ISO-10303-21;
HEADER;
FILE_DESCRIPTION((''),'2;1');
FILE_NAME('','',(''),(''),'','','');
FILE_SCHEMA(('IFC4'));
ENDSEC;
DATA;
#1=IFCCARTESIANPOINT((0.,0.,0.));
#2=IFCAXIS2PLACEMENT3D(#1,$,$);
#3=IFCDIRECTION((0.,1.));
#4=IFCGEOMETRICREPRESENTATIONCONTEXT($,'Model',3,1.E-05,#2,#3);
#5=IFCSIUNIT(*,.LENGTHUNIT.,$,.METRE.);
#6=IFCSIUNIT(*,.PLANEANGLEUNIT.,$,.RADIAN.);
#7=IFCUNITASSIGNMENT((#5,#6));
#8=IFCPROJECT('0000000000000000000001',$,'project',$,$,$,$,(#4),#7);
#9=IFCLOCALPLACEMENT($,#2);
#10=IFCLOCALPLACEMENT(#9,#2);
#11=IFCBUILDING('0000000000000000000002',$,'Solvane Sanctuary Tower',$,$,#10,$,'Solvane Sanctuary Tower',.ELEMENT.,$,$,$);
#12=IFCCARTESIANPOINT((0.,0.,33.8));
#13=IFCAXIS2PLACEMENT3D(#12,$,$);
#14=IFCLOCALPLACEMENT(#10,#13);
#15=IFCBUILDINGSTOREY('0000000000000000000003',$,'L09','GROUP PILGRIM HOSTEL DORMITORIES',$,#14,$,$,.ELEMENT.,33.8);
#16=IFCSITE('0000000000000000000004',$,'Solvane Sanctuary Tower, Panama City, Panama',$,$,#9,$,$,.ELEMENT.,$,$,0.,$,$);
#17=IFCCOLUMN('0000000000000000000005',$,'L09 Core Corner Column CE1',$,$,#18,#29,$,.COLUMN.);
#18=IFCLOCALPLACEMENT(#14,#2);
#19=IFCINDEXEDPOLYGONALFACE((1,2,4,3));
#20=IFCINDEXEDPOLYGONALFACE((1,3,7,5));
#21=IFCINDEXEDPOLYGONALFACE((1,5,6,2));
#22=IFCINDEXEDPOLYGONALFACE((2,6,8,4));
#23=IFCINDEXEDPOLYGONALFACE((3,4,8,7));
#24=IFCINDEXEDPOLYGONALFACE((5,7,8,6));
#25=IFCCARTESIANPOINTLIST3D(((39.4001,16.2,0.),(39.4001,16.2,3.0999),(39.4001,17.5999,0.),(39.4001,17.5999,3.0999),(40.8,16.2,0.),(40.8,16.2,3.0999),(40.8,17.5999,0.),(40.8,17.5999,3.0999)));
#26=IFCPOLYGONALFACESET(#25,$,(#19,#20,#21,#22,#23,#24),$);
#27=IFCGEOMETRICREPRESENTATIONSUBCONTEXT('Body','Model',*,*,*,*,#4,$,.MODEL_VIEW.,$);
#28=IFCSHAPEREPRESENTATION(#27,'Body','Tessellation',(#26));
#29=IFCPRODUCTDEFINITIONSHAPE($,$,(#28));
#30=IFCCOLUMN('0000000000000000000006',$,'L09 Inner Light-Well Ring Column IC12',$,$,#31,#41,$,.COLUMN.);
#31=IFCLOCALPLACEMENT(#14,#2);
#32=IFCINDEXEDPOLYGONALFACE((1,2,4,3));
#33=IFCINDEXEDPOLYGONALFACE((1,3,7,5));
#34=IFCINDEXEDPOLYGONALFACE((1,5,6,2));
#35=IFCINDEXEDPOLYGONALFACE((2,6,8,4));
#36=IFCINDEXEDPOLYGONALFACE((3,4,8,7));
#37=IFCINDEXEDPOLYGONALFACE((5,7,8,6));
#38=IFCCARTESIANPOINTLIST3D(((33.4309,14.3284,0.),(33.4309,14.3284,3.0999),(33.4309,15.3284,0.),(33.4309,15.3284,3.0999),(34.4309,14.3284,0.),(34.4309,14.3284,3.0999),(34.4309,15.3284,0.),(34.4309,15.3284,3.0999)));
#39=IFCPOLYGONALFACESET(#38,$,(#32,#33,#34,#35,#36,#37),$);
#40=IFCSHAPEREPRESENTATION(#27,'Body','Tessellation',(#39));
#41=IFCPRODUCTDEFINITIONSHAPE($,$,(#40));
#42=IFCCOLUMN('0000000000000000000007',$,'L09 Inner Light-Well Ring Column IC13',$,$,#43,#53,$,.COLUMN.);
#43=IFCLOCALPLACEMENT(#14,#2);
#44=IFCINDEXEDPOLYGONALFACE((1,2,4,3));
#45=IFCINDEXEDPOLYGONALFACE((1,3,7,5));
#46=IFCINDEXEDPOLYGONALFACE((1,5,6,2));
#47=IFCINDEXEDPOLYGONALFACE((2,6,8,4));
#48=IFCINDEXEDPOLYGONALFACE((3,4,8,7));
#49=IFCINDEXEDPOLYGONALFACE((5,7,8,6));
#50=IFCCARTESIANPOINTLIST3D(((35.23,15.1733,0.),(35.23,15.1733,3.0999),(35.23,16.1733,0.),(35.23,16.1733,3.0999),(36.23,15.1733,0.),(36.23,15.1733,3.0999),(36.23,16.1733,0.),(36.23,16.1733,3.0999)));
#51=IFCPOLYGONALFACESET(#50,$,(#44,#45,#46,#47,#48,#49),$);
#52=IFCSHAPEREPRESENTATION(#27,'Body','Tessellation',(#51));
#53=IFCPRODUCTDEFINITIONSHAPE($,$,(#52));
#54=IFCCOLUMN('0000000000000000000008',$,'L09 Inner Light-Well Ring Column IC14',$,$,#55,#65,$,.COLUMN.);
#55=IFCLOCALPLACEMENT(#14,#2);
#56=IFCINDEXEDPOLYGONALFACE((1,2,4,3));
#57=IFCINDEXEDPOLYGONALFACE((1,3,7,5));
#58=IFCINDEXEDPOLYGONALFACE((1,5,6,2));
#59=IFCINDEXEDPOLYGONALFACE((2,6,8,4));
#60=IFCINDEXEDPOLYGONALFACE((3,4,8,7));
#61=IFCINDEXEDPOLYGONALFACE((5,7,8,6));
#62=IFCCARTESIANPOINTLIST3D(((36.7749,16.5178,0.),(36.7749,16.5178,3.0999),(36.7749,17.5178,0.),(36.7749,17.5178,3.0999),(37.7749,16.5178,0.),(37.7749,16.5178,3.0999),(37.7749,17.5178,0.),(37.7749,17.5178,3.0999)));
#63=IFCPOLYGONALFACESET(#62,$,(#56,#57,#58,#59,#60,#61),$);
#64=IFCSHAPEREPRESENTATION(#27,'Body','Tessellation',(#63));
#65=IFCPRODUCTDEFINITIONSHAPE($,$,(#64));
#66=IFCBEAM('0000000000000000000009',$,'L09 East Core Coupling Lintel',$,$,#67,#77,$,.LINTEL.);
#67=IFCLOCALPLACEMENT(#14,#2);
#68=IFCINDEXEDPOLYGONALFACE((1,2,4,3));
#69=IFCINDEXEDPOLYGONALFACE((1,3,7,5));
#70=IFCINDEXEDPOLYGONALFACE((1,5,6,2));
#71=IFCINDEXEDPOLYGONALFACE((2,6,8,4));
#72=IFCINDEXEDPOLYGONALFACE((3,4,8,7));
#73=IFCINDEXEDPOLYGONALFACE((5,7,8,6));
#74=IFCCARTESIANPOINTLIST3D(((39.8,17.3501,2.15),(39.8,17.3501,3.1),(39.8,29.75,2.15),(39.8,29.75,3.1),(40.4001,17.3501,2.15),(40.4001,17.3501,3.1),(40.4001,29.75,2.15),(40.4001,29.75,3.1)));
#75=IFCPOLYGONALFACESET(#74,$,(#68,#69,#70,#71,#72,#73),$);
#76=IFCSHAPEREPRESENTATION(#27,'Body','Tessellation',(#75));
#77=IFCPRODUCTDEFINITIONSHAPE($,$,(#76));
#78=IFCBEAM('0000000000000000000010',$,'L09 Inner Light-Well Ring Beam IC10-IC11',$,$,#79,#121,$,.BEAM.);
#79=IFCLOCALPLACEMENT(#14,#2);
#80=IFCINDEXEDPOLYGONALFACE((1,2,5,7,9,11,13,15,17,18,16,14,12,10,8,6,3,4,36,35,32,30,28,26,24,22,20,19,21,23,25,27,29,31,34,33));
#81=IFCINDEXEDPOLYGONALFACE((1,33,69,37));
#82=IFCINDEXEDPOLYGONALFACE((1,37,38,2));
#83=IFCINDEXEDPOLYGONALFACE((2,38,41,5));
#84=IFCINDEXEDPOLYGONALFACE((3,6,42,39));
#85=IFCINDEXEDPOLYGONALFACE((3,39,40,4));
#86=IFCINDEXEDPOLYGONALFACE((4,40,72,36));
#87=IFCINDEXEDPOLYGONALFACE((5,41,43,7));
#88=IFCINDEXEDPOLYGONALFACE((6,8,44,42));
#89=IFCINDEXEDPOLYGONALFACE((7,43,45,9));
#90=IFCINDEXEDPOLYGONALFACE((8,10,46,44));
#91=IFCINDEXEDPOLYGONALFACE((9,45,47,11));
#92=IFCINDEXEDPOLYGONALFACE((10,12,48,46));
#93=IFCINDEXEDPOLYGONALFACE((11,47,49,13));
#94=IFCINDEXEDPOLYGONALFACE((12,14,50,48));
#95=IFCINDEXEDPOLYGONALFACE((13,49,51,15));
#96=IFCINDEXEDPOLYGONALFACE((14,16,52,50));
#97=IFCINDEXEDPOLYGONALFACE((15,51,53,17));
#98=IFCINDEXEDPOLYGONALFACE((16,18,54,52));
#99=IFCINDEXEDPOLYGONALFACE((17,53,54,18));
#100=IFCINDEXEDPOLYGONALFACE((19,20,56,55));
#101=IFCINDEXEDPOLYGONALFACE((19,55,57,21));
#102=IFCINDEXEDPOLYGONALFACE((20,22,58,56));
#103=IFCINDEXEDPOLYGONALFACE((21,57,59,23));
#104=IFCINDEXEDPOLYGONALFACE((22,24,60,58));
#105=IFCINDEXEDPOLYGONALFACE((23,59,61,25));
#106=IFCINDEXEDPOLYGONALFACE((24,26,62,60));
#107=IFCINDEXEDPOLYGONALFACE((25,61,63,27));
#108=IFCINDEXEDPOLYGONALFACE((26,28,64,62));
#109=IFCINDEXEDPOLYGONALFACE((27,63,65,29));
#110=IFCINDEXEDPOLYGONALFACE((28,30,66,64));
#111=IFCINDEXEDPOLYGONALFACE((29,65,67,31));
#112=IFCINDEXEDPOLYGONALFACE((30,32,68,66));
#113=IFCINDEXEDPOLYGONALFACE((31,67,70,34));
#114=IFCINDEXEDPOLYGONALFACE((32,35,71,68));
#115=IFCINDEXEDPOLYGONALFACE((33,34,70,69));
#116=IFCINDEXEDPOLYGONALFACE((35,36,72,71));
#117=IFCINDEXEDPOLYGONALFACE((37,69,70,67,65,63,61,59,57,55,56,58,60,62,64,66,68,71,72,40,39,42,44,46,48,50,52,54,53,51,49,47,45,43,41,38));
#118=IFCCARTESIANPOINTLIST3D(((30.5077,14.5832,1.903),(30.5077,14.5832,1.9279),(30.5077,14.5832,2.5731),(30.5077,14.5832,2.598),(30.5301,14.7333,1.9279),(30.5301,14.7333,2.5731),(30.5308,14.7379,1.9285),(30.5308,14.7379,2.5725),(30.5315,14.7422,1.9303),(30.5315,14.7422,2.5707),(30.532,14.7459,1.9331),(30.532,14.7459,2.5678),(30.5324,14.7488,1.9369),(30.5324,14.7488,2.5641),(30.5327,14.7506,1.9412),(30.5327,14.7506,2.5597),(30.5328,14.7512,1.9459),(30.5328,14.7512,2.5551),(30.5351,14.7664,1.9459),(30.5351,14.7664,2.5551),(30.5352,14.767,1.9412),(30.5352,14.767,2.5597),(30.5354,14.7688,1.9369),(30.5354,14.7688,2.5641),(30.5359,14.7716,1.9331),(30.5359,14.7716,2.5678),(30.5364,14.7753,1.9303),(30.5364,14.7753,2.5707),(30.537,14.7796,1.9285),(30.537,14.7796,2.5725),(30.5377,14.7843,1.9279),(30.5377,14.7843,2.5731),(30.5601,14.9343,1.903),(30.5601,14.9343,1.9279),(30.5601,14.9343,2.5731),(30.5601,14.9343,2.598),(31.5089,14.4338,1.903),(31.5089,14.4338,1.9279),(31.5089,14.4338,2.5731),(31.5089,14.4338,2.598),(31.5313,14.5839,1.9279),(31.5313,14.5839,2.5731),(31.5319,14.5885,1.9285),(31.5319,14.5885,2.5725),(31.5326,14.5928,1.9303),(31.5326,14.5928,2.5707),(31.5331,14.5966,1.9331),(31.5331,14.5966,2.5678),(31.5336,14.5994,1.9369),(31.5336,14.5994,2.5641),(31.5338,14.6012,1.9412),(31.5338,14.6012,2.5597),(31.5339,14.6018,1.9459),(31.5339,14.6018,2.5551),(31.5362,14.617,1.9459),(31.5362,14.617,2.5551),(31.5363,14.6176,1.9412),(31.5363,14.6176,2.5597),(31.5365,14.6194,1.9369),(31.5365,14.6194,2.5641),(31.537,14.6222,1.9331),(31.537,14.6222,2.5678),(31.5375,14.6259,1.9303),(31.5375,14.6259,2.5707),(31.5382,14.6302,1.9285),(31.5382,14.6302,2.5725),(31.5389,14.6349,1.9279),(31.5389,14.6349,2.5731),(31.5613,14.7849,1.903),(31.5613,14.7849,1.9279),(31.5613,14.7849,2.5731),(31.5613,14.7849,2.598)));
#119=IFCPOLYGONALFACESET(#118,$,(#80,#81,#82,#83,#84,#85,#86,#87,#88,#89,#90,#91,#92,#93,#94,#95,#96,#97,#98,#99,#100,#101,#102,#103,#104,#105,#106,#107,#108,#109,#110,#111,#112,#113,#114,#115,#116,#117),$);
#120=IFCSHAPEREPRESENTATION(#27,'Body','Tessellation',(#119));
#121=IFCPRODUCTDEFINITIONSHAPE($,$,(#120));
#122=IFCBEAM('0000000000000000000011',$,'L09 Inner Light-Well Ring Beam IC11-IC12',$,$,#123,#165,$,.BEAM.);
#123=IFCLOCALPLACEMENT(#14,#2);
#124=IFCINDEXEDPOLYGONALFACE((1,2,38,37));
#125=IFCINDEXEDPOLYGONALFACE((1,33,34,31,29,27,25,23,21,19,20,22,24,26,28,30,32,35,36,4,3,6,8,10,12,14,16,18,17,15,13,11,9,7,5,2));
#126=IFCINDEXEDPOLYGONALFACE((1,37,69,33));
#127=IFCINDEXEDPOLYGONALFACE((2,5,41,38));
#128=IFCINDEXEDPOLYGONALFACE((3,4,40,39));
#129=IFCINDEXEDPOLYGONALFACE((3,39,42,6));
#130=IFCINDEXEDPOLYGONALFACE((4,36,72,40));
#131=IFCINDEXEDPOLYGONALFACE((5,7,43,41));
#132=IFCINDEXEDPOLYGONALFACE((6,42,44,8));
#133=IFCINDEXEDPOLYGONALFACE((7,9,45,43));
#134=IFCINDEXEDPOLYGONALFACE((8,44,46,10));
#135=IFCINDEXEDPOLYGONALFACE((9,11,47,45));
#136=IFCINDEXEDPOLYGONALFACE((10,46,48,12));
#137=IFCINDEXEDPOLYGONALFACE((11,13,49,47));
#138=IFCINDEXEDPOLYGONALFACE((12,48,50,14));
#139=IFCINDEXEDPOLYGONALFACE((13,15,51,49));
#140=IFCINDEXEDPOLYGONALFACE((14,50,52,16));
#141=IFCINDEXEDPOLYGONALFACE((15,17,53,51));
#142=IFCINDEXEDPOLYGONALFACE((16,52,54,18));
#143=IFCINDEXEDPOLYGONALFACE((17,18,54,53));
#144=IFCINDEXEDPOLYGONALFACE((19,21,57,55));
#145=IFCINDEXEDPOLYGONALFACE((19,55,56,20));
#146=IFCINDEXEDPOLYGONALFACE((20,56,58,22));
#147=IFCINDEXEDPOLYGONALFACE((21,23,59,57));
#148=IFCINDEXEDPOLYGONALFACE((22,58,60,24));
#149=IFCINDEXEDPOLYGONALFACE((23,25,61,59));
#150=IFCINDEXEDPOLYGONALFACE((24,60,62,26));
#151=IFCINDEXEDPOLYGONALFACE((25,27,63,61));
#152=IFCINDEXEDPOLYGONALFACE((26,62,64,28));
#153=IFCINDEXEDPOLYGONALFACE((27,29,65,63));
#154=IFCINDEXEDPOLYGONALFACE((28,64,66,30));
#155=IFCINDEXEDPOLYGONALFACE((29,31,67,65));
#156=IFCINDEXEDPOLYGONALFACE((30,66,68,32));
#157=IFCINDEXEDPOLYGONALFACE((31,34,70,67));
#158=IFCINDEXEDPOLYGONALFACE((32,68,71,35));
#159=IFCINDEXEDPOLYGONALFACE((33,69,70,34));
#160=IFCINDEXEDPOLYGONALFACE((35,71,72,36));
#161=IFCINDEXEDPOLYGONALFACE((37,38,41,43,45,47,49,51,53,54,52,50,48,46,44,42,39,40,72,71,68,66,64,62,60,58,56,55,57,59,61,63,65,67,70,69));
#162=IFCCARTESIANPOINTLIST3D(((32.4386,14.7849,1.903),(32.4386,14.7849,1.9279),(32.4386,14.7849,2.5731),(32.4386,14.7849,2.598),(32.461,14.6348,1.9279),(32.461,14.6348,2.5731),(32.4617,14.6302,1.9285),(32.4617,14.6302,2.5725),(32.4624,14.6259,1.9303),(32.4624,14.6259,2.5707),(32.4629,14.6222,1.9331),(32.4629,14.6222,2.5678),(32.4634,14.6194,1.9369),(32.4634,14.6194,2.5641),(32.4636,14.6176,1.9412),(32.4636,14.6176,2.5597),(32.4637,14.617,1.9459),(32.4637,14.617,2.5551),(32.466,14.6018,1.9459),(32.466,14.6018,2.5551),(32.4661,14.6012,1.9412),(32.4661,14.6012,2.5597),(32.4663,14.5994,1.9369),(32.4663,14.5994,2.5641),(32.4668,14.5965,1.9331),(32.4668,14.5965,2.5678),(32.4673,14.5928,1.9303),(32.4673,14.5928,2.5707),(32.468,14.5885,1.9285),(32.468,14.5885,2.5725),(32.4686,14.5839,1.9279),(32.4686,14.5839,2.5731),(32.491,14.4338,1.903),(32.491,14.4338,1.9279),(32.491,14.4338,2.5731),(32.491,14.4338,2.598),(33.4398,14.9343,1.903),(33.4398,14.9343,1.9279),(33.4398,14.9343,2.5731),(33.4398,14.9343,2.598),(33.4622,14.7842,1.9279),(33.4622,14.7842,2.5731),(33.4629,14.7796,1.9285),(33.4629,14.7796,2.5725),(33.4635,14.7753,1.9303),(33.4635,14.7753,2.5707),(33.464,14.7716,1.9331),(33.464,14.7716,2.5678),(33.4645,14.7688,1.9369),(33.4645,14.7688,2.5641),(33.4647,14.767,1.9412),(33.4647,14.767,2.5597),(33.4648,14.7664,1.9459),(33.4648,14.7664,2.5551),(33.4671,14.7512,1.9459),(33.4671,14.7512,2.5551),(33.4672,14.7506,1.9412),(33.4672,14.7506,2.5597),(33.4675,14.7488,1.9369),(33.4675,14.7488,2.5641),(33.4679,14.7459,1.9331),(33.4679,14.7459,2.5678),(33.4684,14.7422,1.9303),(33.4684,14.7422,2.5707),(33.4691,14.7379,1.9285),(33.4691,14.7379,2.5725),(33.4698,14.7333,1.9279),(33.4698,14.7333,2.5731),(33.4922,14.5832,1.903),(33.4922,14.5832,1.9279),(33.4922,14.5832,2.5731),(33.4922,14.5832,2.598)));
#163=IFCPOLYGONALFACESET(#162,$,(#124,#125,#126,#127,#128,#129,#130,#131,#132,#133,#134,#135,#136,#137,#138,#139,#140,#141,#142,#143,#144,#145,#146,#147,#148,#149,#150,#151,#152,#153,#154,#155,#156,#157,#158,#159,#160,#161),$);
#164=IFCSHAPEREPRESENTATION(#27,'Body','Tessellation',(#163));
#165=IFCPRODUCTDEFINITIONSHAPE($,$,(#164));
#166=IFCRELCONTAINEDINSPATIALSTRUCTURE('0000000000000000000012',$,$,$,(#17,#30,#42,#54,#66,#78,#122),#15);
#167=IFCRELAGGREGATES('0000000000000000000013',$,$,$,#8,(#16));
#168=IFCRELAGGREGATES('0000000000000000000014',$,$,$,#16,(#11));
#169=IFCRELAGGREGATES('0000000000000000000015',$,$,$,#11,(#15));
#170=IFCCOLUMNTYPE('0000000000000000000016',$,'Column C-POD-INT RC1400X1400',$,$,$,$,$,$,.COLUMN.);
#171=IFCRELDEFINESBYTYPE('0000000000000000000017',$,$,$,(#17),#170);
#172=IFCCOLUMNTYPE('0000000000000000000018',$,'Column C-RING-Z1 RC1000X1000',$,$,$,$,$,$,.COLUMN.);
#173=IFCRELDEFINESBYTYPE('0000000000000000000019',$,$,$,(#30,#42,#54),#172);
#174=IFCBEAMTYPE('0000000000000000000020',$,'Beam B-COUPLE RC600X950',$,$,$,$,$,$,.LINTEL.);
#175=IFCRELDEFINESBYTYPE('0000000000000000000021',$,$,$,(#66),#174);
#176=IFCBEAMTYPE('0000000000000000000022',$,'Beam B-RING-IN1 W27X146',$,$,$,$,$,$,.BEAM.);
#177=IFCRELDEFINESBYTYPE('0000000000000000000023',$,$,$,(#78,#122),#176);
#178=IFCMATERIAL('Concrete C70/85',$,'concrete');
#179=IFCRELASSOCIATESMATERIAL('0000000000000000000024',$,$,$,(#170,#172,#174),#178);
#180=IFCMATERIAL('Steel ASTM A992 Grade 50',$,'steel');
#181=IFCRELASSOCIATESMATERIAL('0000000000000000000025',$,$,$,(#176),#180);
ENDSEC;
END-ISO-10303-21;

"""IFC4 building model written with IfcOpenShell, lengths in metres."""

from ifc_helpers import new_model, si_unit, direction, frame, origin, origin_2d, place, context, subcontext, project, spatial, rectangle, i_section, extrude, material, material_profile, profile_set, type_object, element, save


model = new_model("IFC4")

# Units and contexts
model_context = context("Model", 3, precision=1e-05, world=origin(), true_north=direction((0.0, 1.0)))
body_context = subcontext(model_context, "Body", "Model", "MODEL_VIEW")
ifc_project = project(units=[si_unit("LENGTHUNIT", "METRE"), si_unit("PLANEANGLEUNIT", "RADIAN")], contexts=[model_context])

# Site, building, storey
site_placement = place(None, origin())
site = spatial("IfcSite", under=ifc_project, at=site_placement, Name="Solvane Sanctuary Tower, Panama City, Panama", CompositionType="ELEMENT", RefElevation=0.0)
building_placement = place(site_placement, origin())
building = spatial("IfcBuilding", under=site, at=building_placement, Name="Solvane Sanctuary Tower", LongName="Solvane Sanctuary Tower", CompositionType="ELEMENT")
storey_placement = place(building_placement, frame((0.0, 0.0, 33.8)))
storey = spatial("IfcBuildingStorey", under=building, at=storey_placement, Name="L09", Description="GROUP PILGRIM HOSTEL DORMITORIES", CompositionType="ELEMENT", Elevation=33.8)

# Columns
ifc_material_1 = material(Name="Concrete C70/85", Category="concrete")
ifc_material_profile_1 = material_profile(ifc_material_1, rectangle(XDim=1.3999, YDim=1.3999, at=origin_2d()), Name="RC1400X1400")
ifc_profile_set_1 = profile_set([ifc_material_profile_1], Name="Concrete C70/85")
column_type_1 = type_object("IfcColumnType", Name="Column C-POD-INT RC1400X1400", PredefinedType="COLUMN", material=ifc_profile_set_1)
column_placement = place(storey_placement, frame((40.1001, 16.8999, 0.0), z_axis=(0.0, 0.0, 1.0), x_axis=(1.0, 0.0, 0.0)))
element("IfcColumn", 1, at=column_placement, inside=storey, type_object=column_type_1, Name="L09 Core Corner Column CE1", PredefinedType="COLUMN", context=body_context, shape_type="SweptSolid", body=[
    extrude(rectangle(XDim=1.3999, YDim=1.3999, at=origin_2d()), origin(), (0.0, 0.0, 1.0), 3.0999),
])
ifc_material_profile_2 = material_profile(ifc_material_1, rectangle(XDim=1.0, YDim=1.0, at=origin_2d()), Name="RC1000X1000")
ifc_profile_set_2 = profile_set([ifc_material_profile_2], Name="Concrete C70/85")
column_type_2 = type_object("IfcColumnType", Name="Column C-RING-Z1 RC1000X1000", PredefinedType="COLUMN", material=ifc_profile_set_2)
for number, where, z_axis, x_axis, name in (
    (2, (33.9309, 14.8284, 0.0), (0.0, 0.0, 1.0), (1.0, 0.0, 0.0), "L09 Inner Light-Well Ring Column IC12"),
    (3, (35.73, 15.6733, 0.0), (0.0, 0.0, 1.0), (1.0, 0.0, 0.0), "L09 Inner Light-Well Ring Column IC13"),
    (4, (37.2749, 17.0178, 0.0), (0.0, 0.0, 1.0), (1.0, 0.0, 0.0), "L09 Inner Light-Well Ring Column IC14"),
):
    element("IfcColumn", number, at=place(storey_placement, frame(where, z_axis=z_axis, x_axis=x_axis)), inside=storey, type_object=column_type_2, Name=name, PredefinedType="COLUMN", context=body_context, shape_type="SweptSolid", body=[
        extrude(rectangle(XDim=1.0, YDim=1.0, at=origin_2d()), origin(), (0.0, 0.0, 1.0), 3.0999),
    ])

# Beams
ifc_material_profile_3 = material_profile(ifc_material_1, rectangle(XDim=0.6001, YDim=0.95, at=origin_2d()), Name="RC600X950")
ifc_profile_set_3 = profile_set([ifc_material_profile_3], Name="Concrete C70/85")
beam_type_1 = type_object("IfcBeamType", Name="Beam B-COUPLE RC600X950", PredefinedType="LINTEL", material=ifc_profile_set_3)
beam_1_placement = place(storey_placement, frame((40.1001, 17.3501, 2.625), z_axis=(0.0, 1.0, 0.0), x_axis=(-1.0, 0.0, 0.0)))
element("IfcBeam", 5, at=beam_1_placement, inside=storey, type_object=beam_type_1, Name="L09 East Core Coupling Lintel", PredefinedType="LINTEL", context=body_context, shape_type="SweptSolid", body=[
    extrude(rectangle(XDim=0.6001, YDim=0.95, at=origin_2d()), origin(), (0.0, 0.0, 1.0), 12.3999),
])
ifc_material_2 = material(Name="Steel ASTM A992 Grade 50", Category="steel")
ifc_material_profile_4 = material_profile(ifc_material_2, i_section(OverallWidth=0.355, OverallDepth=0.6951, WebThickness=0.0154, FlangeThickness=0.0249, FilletRadius=0.0181, at=origin_2d()), Name="W27X146")
ifc_profile_set_4 = profile_set([ifc_material_profile_4], Name="Steel ASTM A992 Grade 50")
beam_type_2 = type_object("IfcBeamType", Name="Beam B-RING-IN1 W27X146", PredefinedType="BEAM", material=ifc_profile_set_4)
for number, where, z_axis, x_axis, name in (
    (6, (30.5339, 14.7588, 2.2505), (0.989048, -0.147597, 0.0), (0.147597, 0.989048, 0.0), "L09 Inner Light-Well Ring Beam IC10-IC11"),
    (7, (32.4648, 14.6094, 2.2505), (0.989048, 0.147597, 0.0), (-0.147597, 0.989048, 0.0), "L09 Inner Light-Well Ring Beam IC11-IC12"),
):
    element("IfcBeam", number, at=place(storey_placement, frame(where, z_axis=z_axis, x_axis=x_axis)), inside=storey, type_object=beam_type_2, Name=name, PredefinedType="BEAM", context=body_context, shape_type="SweptSolid", body=[
        extrude(i_section(OverallWidth=0.355, OverallDepth=0.6951, WebThickness=0.0154, FlangeThickness=0.0249, FilletRadius=0.0181, at=origin_2d()), origin(), (0.0, 0.0, 1.0), 1.0122),
    ])

save(model, "model.ifc")
